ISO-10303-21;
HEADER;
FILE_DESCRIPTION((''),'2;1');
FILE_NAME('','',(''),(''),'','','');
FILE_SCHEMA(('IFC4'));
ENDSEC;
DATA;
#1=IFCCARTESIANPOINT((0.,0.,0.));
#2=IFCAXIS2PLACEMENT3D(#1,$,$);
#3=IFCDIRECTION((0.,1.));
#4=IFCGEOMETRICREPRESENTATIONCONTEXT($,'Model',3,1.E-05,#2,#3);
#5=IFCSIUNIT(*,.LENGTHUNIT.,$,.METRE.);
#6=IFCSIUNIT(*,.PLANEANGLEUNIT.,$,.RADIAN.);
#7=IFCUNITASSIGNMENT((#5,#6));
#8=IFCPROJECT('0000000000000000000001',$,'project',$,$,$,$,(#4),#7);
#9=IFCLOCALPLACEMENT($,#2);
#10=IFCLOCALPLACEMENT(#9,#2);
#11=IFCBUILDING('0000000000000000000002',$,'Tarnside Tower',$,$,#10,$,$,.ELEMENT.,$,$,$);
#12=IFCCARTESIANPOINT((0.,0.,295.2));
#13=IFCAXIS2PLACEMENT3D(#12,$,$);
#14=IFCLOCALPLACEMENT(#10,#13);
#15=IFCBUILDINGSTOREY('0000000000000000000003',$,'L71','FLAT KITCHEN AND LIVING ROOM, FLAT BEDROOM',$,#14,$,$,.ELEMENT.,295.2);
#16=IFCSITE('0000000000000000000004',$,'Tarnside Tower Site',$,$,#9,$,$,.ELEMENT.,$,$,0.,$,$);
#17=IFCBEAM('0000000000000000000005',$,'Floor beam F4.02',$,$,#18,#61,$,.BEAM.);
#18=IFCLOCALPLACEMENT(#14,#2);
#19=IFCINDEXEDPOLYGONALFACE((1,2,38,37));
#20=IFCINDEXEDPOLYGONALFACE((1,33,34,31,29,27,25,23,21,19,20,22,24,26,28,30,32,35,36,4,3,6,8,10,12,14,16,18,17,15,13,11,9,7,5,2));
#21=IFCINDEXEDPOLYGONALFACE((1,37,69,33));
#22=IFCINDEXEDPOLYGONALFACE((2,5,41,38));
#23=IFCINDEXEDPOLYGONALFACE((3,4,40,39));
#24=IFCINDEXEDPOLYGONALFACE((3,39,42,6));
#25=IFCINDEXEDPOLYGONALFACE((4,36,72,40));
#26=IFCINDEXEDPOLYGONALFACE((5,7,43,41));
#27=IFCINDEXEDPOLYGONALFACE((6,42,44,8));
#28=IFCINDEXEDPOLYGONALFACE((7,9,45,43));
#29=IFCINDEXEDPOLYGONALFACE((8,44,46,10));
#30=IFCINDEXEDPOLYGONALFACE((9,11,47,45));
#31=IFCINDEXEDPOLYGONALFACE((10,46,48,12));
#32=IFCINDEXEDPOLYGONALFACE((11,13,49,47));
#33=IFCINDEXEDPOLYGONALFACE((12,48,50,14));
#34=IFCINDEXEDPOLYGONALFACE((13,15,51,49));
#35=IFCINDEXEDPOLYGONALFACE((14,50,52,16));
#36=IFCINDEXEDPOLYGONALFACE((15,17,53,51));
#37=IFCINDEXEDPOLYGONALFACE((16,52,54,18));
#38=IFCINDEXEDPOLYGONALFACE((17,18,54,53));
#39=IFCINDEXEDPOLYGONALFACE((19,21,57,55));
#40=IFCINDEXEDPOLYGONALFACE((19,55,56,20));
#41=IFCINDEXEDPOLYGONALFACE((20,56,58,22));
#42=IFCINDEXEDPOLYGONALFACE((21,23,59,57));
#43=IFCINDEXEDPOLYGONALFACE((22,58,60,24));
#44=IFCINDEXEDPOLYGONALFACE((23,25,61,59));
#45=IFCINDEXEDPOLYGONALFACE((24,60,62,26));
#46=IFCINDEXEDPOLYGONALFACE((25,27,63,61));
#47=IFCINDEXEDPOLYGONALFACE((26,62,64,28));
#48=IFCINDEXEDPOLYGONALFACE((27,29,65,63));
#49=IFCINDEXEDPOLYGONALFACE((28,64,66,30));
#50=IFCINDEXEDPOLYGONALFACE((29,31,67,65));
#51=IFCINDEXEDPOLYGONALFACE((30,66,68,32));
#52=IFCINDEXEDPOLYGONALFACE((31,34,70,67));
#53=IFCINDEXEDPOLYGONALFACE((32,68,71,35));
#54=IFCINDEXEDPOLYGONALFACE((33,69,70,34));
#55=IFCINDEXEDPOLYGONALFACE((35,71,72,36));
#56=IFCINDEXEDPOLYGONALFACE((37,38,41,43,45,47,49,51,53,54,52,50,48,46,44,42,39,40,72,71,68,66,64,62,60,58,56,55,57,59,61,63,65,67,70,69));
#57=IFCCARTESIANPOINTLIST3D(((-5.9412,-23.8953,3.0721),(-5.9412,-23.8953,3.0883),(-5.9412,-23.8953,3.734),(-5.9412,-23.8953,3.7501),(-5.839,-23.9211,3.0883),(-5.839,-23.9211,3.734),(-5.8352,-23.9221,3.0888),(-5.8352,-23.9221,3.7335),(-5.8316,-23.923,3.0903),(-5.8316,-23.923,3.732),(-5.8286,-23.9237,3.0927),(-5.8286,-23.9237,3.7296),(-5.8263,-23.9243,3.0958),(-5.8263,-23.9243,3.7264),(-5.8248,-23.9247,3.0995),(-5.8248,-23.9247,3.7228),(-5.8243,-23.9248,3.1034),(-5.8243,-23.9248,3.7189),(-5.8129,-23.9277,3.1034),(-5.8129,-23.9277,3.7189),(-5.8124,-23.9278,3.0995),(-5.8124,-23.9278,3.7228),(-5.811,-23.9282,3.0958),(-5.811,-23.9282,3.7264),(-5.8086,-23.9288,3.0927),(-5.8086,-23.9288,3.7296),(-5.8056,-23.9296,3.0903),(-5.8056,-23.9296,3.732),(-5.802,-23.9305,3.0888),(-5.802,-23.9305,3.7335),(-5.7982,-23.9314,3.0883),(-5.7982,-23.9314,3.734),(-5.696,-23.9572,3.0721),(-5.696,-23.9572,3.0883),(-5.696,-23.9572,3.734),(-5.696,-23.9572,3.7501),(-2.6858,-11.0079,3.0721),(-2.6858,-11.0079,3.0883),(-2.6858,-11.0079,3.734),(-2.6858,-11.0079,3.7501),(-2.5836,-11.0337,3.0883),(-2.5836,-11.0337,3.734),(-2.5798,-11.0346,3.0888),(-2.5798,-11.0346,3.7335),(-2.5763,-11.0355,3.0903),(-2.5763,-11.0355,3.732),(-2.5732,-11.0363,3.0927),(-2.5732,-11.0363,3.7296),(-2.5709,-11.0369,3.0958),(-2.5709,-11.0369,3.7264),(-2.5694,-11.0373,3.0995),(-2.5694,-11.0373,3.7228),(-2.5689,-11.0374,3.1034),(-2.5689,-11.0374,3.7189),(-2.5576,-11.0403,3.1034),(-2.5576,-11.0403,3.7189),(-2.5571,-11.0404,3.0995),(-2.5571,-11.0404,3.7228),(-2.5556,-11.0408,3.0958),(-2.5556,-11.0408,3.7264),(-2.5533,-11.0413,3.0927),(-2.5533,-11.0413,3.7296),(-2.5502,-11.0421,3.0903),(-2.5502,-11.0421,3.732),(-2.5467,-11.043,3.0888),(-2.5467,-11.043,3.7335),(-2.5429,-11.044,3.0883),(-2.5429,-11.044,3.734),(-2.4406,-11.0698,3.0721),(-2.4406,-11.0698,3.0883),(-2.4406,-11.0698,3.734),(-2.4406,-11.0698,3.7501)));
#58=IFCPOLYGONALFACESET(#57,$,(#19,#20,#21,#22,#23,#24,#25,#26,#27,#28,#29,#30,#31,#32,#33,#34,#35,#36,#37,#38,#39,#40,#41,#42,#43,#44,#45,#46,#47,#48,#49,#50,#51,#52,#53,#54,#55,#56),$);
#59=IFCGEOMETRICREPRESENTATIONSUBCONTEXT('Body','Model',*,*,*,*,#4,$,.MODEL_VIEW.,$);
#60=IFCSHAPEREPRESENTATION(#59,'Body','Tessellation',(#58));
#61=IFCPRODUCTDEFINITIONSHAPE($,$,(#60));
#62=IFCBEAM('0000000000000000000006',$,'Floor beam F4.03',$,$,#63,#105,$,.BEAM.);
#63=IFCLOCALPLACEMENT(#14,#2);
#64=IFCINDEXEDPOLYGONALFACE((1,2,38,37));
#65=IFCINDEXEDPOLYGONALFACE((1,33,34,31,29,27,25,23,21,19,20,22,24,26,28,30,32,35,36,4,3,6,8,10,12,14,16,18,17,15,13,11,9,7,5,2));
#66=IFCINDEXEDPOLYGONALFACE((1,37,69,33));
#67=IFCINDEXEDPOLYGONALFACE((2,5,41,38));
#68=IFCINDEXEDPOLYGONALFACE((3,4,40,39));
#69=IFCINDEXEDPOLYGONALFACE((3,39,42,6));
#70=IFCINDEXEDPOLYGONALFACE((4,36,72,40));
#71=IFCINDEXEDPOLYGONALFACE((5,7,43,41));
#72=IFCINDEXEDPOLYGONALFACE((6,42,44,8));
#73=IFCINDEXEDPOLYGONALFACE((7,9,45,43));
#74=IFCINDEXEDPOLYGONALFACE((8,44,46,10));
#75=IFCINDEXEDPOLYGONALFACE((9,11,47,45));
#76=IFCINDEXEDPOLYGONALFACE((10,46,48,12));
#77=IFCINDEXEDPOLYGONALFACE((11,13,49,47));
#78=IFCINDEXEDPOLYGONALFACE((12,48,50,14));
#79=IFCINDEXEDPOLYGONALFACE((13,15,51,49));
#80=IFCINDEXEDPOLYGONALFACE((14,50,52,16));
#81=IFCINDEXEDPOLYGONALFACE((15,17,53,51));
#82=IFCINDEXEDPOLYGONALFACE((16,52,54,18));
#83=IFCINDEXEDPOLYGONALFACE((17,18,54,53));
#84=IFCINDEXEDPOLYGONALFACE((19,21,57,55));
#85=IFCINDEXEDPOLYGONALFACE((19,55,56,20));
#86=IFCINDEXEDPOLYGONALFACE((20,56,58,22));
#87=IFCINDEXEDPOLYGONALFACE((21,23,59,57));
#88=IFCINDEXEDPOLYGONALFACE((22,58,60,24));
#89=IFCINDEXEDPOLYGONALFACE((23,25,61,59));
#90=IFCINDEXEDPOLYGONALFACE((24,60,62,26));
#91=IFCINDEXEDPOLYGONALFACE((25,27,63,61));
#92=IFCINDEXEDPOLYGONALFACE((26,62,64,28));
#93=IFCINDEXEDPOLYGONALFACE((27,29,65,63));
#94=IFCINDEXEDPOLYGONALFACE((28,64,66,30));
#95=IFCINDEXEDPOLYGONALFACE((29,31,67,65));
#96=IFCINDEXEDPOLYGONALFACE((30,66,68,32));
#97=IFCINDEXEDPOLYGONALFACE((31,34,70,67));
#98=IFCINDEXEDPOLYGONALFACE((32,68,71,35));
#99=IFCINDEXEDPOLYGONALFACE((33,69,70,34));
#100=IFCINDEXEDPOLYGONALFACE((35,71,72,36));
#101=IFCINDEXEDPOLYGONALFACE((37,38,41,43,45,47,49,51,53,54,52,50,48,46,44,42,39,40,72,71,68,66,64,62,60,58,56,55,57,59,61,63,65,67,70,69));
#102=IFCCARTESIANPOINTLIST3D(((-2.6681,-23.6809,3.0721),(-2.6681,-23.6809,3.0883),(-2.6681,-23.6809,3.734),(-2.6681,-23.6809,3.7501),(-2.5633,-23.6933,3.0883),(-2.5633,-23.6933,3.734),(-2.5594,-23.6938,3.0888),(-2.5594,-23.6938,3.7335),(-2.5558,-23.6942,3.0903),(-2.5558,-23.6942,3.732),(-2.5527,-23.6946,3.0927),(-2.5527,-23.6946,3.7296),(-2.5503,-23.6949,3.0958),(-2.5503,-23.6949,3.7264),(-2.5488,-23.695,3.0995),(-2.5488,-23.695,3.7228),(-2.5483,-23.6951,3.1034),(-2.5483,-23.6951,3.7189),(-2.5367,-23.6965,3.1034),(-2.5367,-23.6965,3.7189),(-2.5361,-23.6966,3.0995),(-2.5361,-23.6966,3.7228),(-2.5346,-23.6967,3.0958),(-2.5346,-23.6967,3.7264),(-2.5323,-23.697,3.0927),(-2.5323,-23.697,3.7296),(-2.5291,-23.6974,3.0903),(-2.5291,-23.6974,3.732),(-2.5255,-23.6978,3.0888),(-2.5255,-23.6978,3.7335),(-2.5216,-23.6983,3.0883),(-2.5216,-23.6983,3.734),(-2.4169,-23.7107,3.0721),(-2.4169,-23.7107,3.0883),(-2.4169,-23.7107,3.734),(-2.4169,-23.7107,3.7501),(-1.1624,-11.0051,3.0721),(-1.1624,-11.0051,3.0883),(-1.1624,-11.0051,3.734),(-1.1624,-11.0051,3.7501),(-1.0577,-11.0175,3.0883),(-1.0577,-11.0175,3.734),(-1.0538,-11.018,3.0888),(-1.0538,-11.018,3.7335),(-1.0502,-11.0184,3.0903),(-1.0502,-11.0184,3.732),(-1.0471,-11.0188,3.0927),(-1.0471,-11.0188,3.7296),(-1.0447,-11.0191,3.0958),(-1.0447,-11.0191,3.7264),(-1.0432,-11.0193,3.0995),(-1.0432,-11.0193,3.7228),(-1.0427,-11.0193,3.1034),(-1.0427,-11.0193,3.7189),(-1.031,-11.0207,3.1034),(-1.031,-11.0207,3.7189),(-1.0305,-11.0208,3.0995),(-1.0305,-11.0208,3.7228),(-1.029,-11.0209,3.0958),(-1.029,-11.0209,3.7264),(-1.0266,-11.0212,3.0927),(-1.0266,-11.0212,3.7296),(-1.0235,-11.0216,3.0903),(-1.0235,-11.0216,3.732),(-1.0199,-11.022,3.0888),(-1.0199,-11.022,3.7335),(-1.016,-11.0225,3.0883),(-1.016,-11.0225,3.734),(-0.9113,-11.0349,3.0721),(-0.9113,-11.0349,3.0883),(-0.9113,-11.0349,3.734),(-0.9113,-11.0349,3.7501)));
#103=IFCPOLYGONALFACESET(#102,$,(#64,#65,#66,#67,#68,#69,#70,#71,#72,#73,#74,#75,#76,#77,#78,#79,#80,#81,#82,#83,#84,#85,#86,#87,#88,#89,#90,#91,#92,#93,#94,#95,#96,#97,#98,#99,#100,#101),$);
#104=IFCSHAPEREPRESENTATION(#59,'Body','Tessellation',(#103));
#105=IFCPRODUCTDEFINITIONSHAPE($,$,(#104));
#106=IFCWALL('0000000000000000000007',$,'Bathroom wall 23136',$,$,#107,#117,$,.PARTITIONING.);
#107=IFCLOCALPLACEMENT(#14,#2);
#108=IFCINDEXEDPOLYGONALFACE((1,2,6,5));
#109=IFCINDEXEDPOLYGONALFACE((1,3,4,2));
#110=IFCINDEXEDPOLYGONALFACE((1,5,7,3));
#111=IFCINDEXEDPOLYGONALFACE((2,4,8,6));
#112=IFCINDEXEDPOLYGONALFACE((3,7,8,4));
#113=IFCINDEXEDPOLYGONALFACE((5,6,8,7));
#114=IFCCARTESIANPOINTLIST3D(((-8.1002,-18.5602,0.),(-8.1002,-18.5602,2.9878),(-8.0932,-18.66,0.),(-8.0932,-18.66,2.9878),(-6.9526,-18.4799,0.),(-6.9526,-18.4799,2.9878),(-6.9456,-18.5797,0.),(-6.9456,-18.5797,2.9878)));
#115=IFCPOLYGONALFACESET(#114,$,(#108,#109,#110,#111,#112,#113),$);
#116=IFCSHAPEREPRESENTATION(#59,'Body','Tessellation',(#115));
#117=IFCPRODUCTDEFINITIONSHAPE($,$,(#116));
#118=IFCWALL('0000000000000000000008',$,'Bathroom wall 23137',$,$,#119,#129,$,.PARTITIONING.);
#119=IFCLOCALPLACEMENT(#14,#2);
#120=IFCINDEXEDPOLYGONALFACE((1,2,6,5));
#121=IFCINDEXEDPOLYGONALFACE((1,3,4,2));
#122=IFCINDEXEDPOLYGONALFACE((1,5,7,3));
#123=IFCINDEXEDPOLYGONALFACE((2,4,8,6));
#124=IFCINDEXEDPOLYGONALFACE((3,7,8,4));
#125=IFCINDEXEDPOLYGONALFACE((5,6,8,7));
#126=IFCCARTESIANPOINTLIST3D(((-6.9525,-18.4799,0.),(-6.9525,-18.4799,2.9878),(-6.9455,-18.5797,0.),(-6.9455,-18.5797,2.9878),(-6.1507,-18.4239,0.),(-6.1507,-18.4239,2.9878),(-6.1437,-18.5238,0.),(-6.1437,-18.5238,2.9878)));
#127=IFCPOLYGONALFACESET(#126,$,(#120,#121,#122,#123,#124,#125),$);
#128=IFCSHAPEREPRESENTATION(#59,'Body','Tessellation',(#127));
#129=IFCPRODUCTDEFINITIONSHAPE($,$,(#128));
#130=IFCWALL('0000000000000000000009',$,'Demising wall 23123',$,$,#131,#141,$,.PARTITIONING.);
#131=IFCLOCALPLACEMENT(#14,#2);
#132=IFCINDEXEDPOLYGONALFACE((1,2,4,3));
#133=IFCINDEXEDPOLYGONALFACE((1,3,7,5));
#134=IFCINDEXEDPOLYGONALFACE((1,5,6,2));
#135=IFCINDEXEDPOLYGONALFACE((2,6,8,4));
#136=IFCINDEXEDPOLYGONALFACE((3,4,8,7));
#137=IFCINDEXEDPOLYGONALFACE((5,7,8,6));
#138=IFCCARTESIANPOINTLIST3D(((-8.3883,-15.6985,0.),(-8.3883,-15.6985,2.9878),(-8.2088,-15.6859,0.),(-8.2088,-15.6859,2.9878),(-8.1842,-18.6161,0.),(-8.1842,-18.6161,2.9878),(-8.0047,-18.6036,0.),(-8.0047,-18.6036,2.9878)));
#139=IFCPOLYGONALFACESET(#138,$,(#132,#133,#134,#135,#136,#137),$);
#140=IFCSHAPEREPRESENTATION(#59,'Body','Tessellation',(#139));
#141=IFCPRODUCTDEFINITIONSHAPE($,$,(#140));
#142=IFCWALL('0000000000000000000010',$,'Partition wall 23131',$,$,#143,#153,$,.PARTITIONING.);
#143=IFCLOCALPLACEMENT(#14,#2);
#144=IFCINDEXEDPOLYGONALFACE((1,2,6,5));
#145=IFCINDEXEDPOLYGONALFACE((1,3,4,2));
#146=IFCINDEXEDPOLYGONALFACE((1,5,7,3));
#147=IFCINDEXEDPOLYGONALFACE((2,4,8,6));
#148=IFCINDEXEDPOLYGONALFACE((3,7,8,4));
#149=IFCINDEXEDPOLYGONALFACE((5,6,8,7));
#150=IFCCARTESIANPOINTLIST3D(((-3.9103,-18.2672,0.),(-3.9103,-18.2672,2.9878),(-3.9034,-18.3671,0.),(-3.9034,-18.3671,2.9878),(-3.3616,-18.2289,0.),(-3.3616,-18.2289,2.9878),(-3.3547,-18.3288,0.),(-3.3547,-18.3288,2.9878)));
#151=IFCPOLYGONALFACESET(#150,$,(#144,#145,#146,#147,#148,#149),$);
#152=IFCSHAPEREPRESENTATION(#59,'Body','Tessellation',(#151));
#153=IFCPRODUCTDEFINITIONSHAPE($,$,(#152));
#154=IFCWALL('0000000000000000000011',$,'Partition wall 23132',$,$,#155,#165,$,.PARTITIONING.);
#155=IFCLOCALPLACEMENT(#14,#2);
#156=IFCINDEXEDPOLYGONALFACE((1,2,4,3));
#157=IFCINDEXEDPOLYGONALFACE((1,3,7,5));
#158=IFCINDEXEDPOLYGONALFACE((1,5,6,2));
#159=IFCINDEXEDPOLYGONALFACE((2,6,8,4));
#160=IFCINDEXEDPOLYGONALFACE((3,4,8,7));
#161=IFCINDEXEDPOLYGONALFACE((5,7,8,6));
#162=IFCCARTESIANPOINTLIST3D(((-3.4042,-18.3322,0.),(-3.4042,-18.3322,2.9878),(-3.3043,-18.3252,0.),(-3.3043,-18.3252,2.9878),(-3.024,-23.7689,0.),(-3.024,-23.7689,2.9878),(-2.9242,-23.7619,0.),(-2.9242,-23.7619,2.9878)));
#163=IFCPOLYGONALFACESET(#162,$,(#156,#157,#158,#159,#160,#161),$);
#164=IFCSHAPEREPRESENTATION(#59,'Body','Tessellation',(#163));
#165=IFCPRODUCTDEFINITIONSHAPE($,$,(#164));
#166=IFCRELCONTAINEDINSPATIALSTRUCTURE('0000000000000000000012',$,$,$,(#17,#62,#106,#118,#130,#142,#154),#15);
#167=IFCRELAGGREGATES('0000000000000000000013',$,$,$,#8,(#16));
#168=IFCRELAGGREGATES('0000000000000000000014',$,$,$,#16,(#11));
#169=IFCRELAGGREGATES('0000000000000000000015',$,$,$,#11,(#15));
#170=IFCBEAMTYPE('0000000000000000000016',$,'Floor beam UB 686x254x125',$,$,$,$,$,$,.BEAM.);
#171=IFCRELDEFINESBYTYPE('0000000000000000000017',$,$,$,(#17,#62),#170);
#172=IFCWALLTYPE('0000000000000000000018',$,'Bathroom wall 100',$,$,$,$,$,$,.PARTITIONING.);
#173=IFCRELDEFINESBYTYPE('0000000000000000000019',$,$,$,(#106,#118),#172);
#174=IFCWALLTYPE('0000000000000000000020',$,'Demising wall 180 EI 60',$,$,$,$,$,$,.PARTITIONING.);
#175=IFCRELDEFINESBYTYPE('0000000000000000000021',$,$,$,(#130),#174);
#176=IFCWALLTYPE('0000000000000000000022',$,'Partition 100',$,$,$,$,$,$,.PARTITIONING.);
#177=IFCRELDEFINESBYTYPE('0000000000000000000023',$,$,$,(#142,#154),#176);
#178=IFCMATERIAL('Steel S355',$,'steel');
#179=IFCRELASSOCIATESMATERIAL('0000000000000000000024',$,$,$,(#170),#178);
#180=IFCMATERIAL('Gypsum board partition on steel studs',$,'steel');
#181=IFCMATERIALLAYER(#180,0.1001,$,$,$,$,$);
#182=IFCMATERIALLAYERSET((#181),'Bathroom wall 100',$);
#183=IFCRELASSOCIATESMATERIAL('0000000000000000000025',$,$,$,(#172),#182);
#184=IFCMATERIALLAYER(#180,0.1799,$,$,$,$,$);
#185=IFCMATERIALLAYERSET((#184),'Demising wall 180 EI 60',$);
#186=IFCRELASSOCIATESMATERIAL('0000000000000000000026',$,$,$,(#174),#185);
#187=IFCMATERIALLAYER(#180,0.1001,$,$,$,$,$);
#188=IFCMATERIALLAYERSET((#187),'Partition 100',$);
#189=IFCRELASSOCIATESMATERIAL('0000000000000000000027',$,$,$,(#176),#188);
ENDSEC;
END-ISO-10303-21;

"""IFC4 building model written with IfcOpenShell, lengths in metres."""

from ifc_helpers import new_model, si_unit, direction, frame, frame_2d, origin, origin_2d, place, context, subcontext, project, spatial, rectangle, i_section, extrude, material, layer, layer_set, material_profile, profile_set, type_object, element, save


model = new_model("IFC4")

# Units and contexts
model_context = context("Model", 3, precision=1e-05, world=origin(), true_north=direction((0.0, 1.0)))
body_context = subcontext(model_context, "Body", "Model", "MODEL_VIEW")
ifc_project = project(units=[si_unit("LENGTHUNIT", "METRE"), si_unit("PLANEANGLEUNIT", "RADIAN")], contexts=[model_context])

# Site, building, storey
site_placement = place(None, origin())
site = spatial("IfcSite", under=ifc_project, at=site_placement, Name="Tarnside Tower Site", CompositionType="ELEMENT", RefElevation=0.0)
building_placement = place(site_placement, origin())
building = spatial("IfcBuilding", under=site, at=building_placement, Name="Tarnside Tower", CompositionType="ELEMENT")
storey_placement = place(building_placement, frame((0.0, 0.0, 295.2)))
storey = spatial("IfcBuildingStorey", under=building, at=storey_placement, Name="L71", Description="FLAT KITCHEN AND LIVING ROOM, FLAT BEDROOM", CompositionType="ELEMENT", Elevation=295.2)

# Beams
ifc_material_1 = material(Name="Steel S355", Category="steel")
ifc_material_profile = material_profile(ifc_material_1, i_section(OverallWidth=0.2529, OverallDepth=0.678, WebThickness=0.0117, FlangeThickness=0.0161, FilletRadius=0.0151, at=origin_2d()), Name="UB 686x254x125")
ifc_profile_set = profile_set([ifc_material_profile], Name="Steel S355")
beam_type = type_object("IfcBeamType", Name="Floor beam UB 686x254x125", PredefinedType="BEAM", material=ifc_profile_set)
beam_1_placement = place(storey_placement, frame((-5.8186, -23.9263, 3.4111), z_axis=(0.244908, 0.969546, 0.0), x_axis=(-0.969546, 0.244908, 0.0)))
element("IfcBeam", 1, at=beam_1_placement, inside=storey, type_object=beam_type, Name="Floor beam F4.02", PredefinedType="BEAM", context=body_context, shape_type="SweptSolid", body=[
    extrude(i_section(OverallWidth=0.2529, OverallDepth=0.678, WebThickness=0.0117, FlangeThickness=0.0161, FilletRadius=0.0151, at=origin_2d()), origin(), (0.0, 0.0, 1.0), 13.2922),
])
beam_2_placement = place(storey_placement, frame((-2.5425, -23.6958, 3.4111), z_axis=(0.11795, 0.99302, 0.0), x_axis=(-0.99302, 0.11795, 0.0)))
element("IfcBeam", 2, at=beam_2_placement, inside=storey, type_object=beam_type, Name="Floor beam F4.03", PredefinedType="BEAM", context=body_context, shape_type="SweptSolid", body=[
    extrude(i_section(OverallWidth=0.2529, OverallDepth=0.678, WebThickness=0.0117, FlangeThickness=0.0161, FilletRadius=0.0151, at=origin_2d()), origin(), (0.0, 0.0, 1.0), 12.7649),
])

# Walls
ifc_material_2 = material(Name="Gypsum board partition on steel studs", Category="steel")
ifc_layer_1 = layer(ifc_material_2, 0.1001)
ifc_layer_set_1 = layer_set([ifc_layer_1], Name="Bathroom wall 100")
wall_type_1 = type_object("IfcWallType", Name="Bathroom wall 100", PredefinedType="PARTITIONING", material=ifc_layer_set_1)
wall_1_placement = place(storey_placement, frame((-8.0967, -18.6101, 0.0), z_axis=(0.0, 0.0, 1.0), x_axis=(0.99756, 0.069814, 0.0)))
element("IfcWall", 3, at=wall_1_placement, inside=storey, type_object=wall_type_1, Name="Bathroom wall 23136", PredefinedType="PARTITIONING", context=body_context, shape_type="SweptSolid", body=[
    extrude(rectangle(XDim=1.1504, YDim=0.1001, at=frame_2d((0.5752, 0.0))), origin(), (0.0, 0.0, 1.0), 2.9878),
])
wall_2_placement = place(storey_placement, frame((-6.949, -18.5298, 0.0), z_axis=(0.0, 0.0, 1.0), x_axis=(0.997578, 0.069563, 0.0)))
element("IfcWall", 4, at=wall_2_placement, inside=storey, type_object=wall_type_1, Name="Bathroom wall 23137", PredefinedType="PARTITIONING", context=body_context, shape_type="SweptSolid", body=[
    extrude(rectangle(XDim=0.8037, YDim=0.1001, at=frame_2d((0.4019, 0.0))), origin(), (0.0, 0.0, 1.0), 2.9878),
])
ifc_layer_2 = layer(ifc_material_2, 0.1799)
ifc_layer_set_2 = layer_set([ifc_layer_2], Name="Demising wall 180 EI 60")
wall_type_2 = type_object("IfcWallType", Name="Demising wall 180 EI 60", PredefinedType="PARTITIONING", material=ifc_layer_set_2)
wall_3_placement = place(storey_placement, frame((-8.0945, -18.6099, 0.0), z_axis=(0.0, 0.0, 1.0), x_axis=(-0.069782, 0.997562, 0.0)))
element("IfcWall", 5, at=wall_3_placement, inside=storey, type_object=wall_type_2, Name="Demising wall 23123", PredefinedType="PARTITIONING", context=body_context, shape_type="SweptSolid", body=[
    extrude(rectangle(XDim=2.9248, YDim=0.1799, at=frame_2d((1.4624, 0.0))), origin(), (0.0, 0.0, 1.0), 2.9878),
])
ifc_layer_3 = layer(ifc_material_2, 0.1001)
ifc_layer_set_3 = layer_set([ifc_layer_3], Name="Partition 100")
wall_type_3 = type_object("IfcWallType", Name="Partition 100", PredefinedType="PARTITIONING", material=ifc_layer_set_3)
wall_4_placement = place(storey_placement, frame((-3.9067, -18.3171, 0.0), z_axis=(0.0, 0.0, 1.0), x_axis=(0.99757, 0.06967, 0.0)))
element("IfcWall", 6, at=wall_4_placement, inside=storey, type_object=wall_type_3, Name="Partition wall 23131", PredefinedType="PARTITIONING", context=body_context, shape_type="SweptSolid", body=[
    extrude(rectangle(XDim=0.55, YDim=0.1001, at=frame_2d((0.2749, 0.0))), origin(), (0.0, 0.0, 1.0), 2.9878),
])
wall_5_placement = place(storey_placement, frame((-3.3542, -18.3286, 0.0), z_axis=(0.0, 0.0, 1.0), x_axis=(0.069748, -0.997565, 0.0)))
element("IfcWall", 7, at=wall_5_placement, inside=storey, type_object=wall_type_3, Name="Partition wall 23132", PredefinedType="PARTITIONING", context=body_context, shape_type="SweptSolid", body=[
    extrude(rectangle(XDim=5.45, YDim=0.1001, at=frame_2d((2.7251, 0.0))), origin(), (0.0, 0.0, 1.0), 2.9878),
])

save(model, "model.ifc")
